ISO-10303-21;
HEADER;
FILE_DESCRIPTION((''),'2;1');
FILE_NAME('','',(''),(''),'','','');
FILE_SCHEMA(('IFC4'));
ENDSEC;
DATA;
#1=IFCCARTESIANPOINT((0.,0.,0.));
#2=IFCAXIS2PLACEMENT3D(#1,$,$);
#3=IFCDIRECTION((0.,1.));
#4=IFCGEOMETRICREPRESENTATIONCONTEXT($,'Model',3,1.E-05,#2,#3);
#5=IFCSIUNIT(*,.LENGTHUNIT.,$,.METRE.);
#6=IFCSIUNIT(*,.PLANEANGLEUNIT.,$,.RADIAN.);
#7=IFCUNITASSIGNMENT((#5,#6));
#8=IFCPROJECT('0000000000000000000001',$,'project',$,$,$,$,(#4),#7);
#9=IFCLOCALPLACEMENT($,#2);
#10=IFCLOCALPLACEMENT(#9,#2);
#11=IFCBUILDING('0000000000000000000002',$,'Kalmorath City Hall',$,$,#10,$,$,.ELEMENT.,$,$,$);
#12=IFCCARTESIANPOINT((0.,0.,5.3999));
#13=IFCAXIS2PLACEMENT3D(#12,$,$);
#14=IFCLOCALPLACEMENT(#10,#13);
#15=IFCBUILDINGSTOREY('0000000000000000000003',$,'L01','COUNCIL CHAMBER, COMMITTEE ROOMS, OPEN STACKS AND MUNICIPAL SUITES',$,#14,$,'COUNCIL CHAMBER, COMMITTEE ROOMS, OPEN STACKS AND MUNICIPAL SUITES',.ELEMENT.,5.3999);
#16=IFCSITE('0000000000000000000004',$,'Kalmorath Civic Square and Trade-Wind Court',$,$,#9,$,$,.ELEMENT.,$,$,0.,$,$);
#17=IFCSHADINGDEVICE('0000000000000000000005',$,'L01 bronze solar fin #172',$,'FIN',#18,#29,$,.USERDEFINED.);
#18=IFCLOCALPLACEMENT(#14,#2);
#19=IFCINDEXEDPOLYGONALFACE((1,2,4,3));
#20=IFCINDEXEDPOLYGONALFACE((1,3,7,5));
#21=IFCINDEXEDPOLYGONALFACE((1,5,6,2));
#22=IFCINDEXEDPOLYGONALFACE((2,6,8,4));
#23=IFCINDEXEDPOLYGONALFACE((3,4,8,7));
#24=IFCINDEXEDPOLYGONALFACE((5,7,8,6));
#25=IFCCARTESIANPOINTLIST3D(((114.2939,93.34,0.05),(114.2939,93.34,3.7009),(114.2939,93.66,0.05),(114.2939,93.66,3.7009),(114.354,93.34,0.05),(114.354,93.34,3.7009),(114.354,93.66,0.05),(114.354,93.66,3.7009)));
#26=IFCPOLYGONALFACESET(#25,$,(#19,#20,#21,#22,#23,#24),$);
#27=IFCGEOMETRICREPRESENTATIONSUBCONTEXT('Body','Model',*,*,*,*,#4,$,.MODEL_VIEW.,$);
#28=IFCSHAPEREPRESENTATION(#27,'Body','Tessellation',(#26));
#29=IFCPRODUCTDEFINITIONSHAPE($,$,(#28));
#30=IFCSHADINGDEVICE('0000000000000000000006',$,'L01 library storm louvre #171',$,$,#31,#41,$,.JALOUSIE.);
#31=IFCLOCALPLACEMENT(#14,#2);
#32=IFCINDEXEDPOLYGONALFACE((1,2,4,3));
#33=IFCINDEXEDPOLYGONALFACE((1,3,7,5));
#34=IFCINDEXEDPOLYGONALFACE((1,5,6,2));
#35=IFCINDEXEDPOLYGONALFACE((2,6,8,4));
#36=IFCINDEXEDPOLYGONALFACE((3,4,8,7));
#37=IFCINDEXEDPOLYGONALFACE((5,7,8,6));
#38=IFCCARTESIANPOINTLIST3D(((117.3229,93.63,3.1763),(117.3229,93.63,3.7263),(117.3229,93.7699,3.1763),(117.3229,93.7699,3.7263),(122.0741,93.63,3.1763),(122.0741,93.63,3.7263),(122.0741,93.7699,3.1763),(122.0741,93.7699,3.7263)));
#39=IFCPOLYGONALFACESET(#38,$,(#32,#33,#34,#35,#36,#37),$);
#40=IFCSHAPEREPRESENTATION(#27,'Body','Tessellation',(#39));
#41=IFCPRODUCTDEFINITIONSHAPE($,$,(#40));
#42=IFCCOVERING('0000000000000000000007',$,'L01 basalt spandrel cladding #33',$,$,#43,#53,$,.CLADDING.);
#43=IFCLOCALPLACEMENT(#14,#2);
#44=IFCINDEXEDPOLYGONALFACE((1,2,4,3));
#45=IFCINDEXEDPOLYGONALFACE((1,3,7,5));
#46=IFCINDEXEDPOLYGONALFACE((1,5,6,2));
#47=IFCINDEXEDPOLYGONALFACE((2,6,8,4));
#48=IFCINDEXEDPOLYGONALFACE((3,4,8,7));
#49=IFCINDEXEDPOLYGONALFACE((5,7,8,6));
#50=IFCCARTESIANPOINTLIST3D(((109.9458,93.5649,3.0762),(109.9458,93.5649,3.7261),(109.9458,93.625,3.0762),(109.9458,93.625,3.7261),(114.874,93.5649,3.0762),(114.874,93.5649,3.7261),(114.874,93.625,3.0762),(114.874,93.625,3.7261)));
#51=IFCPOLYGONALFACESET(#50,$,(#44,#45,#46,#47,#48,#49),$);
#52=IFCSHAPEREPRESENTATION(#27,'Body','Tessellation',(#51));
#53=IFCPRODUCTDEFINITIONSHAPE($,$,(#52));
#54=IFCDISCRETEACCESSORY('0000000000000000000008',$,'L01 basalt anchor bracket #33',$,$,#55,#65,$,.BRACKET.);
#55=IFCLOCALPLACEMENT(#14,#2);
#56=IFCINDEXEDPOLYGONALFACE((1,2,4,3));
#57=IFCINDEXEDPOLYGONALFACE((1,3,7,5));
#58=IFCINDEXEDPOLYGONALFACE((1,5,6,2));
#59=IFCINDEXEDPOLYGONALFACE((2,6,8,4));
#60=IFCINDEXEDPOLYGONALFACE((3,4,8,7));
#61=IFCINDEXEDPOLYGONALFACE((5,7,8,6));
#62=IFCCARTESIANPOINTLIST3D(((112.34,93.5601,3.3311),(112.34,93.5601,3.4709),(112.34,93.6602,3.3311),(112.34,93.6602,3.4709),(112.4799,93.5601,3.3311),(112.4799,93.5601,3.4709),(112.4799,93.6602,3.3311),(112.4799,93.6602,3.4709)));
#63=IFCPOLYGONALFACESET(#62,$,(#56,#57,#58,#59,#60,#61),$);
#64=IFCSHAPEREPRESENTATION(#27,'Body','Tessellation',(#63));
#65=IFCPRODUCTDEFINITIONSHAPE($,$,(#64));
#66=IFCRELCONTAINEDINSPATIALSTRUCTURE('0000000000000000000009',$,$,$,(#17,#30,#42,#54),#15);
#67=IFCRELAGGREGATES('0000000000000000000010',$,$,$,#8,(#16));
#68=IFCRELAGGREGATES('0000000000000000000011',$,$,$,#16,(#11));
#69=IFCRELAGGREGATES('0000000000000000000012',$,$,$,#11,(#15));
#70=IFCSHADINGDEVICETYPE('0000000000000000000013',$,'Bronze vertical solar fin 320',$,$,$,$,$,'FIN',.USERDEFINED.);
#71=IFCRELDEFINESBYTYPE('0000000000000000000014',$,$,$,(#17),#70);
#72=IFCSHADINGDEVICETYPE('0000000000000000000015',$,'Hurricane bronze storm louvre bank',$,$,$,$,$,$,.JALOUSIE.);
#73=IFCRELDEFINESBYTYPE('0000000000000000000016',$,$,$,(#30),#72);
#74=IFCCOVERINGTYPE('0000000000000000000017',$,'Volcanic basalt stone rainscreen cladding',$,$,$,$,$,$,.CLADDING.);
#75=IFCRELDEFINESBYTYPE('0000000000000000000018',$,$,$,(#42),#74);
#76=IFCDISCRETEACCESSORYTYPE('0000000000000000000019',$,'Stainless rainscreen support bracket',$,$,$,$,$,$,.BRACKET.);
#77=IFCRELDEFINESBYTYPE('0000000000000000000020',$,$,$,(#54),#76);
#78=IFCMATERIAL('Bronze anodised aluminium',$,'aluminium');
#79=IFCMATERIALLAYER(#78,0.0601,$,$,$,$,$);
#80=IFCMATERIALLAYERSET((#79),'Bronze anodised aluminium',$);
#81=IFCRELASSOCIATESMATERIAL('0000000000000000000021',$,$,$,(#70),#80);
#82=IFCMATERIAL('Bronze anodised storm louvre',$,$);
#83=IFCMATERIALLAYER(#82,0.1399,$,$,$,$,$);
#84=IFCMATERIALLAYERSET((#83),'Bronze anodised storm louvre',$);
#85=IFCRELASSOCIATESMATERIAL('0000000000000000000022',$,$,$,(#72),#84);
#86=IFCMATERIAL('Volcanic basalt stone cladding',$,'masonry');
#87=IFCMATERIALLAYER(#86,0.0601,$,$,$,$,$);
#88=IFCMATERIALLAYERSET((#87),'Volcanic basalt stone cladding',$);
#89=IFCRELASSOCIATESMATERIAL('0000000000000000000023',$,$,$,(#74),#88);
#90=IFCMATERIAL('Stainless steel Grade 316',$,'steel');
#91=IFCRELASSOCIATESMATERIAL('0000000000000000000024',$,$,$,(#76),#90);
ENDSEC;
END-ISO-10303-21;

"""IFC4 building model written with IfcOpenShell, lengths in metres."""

from ifc_helpers import new_model, si_unit, direction, frame, origin, origin_2d, place, context, subcontext, project, spatial, rectangle, extrude, material, layer, layer_set, type_object, element, save


model = new_model("IFC4")

# Units and contexts
model_context = context("Model", 3, precision=1e-05, world=origin(), true_north=direction((0.0, 1.0)))
body_context = subcontext(model_context, "Body", "Model", "MODEL_VIEW")
ifc_project = project(units=[si_unit("LENGTHUNIT", "METRE"), si_unit("PLANEANGLEUNIT", "RADIAN")], contexts=[model_context])

# Site, building, storey
site_placement = place(None, origin())
site = spatial("IfcSite", under=ifc_project, at=site_placement, Name="Kalmorath Civic Square and Trade-Wind Court", CompositionType="ELEMENT", RefElevation=0.0)
building_placement = place(site_placement, origin())
building = spatial("IfcBuilding", under=site, at=building_placement, Name="Kalmorath City Hall", CompositionType="ELEMENT")
storey_placement = place(building_placement, frame((0.0, 0.0, 5.3999)))
storey = spatial("IfcBuildingStorey", under=building, at=storey_placement, Name="L01", Description="COUNCIL CHAMBER, COMMITTEE ROOMS, OPEN STACKS AND MUNICIPAL SUITES", LongName="COUNCIL CHAMBER, COMMITTEE ROOMS, OPEN STACKS AND MUNICIPAL SUITES", CompositionType="ELEMENT", Elevation=5.3999)

# Shading devices
ifc_material_1 = material(Name="Bronze anodised aluminium", Category="aluminium")
ifc_layer_1 = layer(ifc_material_1, 0.0601)
ifc_layer_set_1 = layer_set([ifc_layer_1], Name="Bronze anodised aluminium")
shading_device_type_1 = type_object("IfcShadingDeviceType", Name="Bronze vertical solar fin 320", ElementType="FIN", PredefinedType="USERDEFINED", material=ifc_layer_set_1)
shading_device_1_placement = place(storey_placement, frame((114.324, 93.5, 0.05), z_axis=(0.0, 0.0, 1.0), x_axis=(-1.0, 0.0, 0.0)))
element("IfcShadingDevice", 1, at=shading_device_1_placement, inside=storey, type_object=shading_device_type_1, Name="L01 bronze solar fin #172", ObjectType="FIN", PredefinedType="USERDEFINED", context=body_context, shape_type="SweptSolid", body=[
    extrude(rectangle(XDim=0.0601, YDim=0.3201, at=origin_2d()), origin(), (0.0, 0.0, 1.0), 3.6509),
])
ifc_material_2 = material(Name="Bronze anodised storm louvre")
ifc_layer_2 = layer(ifc_material_2, 0.1399)
ifc_layer_set_2 = layer_set([ifc_layer_2], Name="Bronze anodised storm louvre")
shading_device_type_2 = type_object("IfcShadingDeviceType", Name="Hurricane bronze storm louvre bank", PredefinedType="JALOUSIE", material=ifc_layer_set_2)
shading_device_2_placement = place(storey_placement, frame((119.6985, 93.7, 3.1763), z_axis=(0.0, 0.0, 1.0), x_axis=(-1.0, 0.0, 0.0)))
element("IfcShadingDevice", 2, at=shading_device_2_placement, inside=storey, type_object=shading_device_type_2, Name="L01 library storm louvre #171", PredefinedType="JALOUSIE", context=body_context, shape_type="SweptSolid", body=[
    extrude(rectangle(XDim=4.7512, YDim=0.1399, at=origin_2d()), origin(), (0.0, 0.0, 1.0), 0.55),
])

# Covering
ifc_material_3 = material(Name="Volcanic basalt stone cladding", Category="masonry")
ifc_layer_3 = layer(ifc_material_3, 0.0601)
ifc_layer_set_3 = layer_set([ifc_layer_3], Name="Volcanic basalt stone cladding")
covering_type = type_object("IfcCoveringType", Name="Volcanic basalt stone rainscreen cladding", PredefinedType="CLADDING", material=ifc_layer_set_3)
covering_placement = place(storey_placement, frame((112.4099, 93.595, 3.0762), z_axis=(0.0, 0.0, 1.0), x_axis=(-1.0, 0.0, 0.0)))
element("IfcCovering", 3, at=covering_placement, inside=storey, type_object=covering_type, Name="L01 basalt spandrel cladding #33", PredefinedType="CLADDING", context=body_context, shape_type="SweptSolid", body=[
    extrude(rectangle(XDim=4.9282, YDim=0.0601, at=origin_2d()), origin(), (0.0, 0.0, 1.0), 0.6499),
])

# Discrete accessory
ifc_material_4 = material(Name="Stainless steel Grade 316", Category="steel")
discrete_accessory_type = type_object("IfcDiscreteAccessoryType", Name="Stainless rainscreen support bracket", PredefinedType="BRACKET", material=ifc_material_4)
discrete_accessory_placement = place(storey_placement, frame((112.4099, 93.6101, 3.3311), z_axis=(0.0, 0.0, 1.0), x_axis=(-1.0, 0.0, 0.0)))
element("IfcDiscreteAccessory", 4, at=discrete_accessory_placement, inside=storey, type_object=discrete_accessory_type, Name="L01 basalt anchor bracket #33", PredefinedType="BRACKET", context=body_context, shape_type="SweptSolid", body=[
    extrude(rectangle(XDim=0.1399, YDim=0.1001, at=origin_2d()), origin(), (0.0, 0.0, 1.0), 0.1399),
])

save(model, "model.ifc")
